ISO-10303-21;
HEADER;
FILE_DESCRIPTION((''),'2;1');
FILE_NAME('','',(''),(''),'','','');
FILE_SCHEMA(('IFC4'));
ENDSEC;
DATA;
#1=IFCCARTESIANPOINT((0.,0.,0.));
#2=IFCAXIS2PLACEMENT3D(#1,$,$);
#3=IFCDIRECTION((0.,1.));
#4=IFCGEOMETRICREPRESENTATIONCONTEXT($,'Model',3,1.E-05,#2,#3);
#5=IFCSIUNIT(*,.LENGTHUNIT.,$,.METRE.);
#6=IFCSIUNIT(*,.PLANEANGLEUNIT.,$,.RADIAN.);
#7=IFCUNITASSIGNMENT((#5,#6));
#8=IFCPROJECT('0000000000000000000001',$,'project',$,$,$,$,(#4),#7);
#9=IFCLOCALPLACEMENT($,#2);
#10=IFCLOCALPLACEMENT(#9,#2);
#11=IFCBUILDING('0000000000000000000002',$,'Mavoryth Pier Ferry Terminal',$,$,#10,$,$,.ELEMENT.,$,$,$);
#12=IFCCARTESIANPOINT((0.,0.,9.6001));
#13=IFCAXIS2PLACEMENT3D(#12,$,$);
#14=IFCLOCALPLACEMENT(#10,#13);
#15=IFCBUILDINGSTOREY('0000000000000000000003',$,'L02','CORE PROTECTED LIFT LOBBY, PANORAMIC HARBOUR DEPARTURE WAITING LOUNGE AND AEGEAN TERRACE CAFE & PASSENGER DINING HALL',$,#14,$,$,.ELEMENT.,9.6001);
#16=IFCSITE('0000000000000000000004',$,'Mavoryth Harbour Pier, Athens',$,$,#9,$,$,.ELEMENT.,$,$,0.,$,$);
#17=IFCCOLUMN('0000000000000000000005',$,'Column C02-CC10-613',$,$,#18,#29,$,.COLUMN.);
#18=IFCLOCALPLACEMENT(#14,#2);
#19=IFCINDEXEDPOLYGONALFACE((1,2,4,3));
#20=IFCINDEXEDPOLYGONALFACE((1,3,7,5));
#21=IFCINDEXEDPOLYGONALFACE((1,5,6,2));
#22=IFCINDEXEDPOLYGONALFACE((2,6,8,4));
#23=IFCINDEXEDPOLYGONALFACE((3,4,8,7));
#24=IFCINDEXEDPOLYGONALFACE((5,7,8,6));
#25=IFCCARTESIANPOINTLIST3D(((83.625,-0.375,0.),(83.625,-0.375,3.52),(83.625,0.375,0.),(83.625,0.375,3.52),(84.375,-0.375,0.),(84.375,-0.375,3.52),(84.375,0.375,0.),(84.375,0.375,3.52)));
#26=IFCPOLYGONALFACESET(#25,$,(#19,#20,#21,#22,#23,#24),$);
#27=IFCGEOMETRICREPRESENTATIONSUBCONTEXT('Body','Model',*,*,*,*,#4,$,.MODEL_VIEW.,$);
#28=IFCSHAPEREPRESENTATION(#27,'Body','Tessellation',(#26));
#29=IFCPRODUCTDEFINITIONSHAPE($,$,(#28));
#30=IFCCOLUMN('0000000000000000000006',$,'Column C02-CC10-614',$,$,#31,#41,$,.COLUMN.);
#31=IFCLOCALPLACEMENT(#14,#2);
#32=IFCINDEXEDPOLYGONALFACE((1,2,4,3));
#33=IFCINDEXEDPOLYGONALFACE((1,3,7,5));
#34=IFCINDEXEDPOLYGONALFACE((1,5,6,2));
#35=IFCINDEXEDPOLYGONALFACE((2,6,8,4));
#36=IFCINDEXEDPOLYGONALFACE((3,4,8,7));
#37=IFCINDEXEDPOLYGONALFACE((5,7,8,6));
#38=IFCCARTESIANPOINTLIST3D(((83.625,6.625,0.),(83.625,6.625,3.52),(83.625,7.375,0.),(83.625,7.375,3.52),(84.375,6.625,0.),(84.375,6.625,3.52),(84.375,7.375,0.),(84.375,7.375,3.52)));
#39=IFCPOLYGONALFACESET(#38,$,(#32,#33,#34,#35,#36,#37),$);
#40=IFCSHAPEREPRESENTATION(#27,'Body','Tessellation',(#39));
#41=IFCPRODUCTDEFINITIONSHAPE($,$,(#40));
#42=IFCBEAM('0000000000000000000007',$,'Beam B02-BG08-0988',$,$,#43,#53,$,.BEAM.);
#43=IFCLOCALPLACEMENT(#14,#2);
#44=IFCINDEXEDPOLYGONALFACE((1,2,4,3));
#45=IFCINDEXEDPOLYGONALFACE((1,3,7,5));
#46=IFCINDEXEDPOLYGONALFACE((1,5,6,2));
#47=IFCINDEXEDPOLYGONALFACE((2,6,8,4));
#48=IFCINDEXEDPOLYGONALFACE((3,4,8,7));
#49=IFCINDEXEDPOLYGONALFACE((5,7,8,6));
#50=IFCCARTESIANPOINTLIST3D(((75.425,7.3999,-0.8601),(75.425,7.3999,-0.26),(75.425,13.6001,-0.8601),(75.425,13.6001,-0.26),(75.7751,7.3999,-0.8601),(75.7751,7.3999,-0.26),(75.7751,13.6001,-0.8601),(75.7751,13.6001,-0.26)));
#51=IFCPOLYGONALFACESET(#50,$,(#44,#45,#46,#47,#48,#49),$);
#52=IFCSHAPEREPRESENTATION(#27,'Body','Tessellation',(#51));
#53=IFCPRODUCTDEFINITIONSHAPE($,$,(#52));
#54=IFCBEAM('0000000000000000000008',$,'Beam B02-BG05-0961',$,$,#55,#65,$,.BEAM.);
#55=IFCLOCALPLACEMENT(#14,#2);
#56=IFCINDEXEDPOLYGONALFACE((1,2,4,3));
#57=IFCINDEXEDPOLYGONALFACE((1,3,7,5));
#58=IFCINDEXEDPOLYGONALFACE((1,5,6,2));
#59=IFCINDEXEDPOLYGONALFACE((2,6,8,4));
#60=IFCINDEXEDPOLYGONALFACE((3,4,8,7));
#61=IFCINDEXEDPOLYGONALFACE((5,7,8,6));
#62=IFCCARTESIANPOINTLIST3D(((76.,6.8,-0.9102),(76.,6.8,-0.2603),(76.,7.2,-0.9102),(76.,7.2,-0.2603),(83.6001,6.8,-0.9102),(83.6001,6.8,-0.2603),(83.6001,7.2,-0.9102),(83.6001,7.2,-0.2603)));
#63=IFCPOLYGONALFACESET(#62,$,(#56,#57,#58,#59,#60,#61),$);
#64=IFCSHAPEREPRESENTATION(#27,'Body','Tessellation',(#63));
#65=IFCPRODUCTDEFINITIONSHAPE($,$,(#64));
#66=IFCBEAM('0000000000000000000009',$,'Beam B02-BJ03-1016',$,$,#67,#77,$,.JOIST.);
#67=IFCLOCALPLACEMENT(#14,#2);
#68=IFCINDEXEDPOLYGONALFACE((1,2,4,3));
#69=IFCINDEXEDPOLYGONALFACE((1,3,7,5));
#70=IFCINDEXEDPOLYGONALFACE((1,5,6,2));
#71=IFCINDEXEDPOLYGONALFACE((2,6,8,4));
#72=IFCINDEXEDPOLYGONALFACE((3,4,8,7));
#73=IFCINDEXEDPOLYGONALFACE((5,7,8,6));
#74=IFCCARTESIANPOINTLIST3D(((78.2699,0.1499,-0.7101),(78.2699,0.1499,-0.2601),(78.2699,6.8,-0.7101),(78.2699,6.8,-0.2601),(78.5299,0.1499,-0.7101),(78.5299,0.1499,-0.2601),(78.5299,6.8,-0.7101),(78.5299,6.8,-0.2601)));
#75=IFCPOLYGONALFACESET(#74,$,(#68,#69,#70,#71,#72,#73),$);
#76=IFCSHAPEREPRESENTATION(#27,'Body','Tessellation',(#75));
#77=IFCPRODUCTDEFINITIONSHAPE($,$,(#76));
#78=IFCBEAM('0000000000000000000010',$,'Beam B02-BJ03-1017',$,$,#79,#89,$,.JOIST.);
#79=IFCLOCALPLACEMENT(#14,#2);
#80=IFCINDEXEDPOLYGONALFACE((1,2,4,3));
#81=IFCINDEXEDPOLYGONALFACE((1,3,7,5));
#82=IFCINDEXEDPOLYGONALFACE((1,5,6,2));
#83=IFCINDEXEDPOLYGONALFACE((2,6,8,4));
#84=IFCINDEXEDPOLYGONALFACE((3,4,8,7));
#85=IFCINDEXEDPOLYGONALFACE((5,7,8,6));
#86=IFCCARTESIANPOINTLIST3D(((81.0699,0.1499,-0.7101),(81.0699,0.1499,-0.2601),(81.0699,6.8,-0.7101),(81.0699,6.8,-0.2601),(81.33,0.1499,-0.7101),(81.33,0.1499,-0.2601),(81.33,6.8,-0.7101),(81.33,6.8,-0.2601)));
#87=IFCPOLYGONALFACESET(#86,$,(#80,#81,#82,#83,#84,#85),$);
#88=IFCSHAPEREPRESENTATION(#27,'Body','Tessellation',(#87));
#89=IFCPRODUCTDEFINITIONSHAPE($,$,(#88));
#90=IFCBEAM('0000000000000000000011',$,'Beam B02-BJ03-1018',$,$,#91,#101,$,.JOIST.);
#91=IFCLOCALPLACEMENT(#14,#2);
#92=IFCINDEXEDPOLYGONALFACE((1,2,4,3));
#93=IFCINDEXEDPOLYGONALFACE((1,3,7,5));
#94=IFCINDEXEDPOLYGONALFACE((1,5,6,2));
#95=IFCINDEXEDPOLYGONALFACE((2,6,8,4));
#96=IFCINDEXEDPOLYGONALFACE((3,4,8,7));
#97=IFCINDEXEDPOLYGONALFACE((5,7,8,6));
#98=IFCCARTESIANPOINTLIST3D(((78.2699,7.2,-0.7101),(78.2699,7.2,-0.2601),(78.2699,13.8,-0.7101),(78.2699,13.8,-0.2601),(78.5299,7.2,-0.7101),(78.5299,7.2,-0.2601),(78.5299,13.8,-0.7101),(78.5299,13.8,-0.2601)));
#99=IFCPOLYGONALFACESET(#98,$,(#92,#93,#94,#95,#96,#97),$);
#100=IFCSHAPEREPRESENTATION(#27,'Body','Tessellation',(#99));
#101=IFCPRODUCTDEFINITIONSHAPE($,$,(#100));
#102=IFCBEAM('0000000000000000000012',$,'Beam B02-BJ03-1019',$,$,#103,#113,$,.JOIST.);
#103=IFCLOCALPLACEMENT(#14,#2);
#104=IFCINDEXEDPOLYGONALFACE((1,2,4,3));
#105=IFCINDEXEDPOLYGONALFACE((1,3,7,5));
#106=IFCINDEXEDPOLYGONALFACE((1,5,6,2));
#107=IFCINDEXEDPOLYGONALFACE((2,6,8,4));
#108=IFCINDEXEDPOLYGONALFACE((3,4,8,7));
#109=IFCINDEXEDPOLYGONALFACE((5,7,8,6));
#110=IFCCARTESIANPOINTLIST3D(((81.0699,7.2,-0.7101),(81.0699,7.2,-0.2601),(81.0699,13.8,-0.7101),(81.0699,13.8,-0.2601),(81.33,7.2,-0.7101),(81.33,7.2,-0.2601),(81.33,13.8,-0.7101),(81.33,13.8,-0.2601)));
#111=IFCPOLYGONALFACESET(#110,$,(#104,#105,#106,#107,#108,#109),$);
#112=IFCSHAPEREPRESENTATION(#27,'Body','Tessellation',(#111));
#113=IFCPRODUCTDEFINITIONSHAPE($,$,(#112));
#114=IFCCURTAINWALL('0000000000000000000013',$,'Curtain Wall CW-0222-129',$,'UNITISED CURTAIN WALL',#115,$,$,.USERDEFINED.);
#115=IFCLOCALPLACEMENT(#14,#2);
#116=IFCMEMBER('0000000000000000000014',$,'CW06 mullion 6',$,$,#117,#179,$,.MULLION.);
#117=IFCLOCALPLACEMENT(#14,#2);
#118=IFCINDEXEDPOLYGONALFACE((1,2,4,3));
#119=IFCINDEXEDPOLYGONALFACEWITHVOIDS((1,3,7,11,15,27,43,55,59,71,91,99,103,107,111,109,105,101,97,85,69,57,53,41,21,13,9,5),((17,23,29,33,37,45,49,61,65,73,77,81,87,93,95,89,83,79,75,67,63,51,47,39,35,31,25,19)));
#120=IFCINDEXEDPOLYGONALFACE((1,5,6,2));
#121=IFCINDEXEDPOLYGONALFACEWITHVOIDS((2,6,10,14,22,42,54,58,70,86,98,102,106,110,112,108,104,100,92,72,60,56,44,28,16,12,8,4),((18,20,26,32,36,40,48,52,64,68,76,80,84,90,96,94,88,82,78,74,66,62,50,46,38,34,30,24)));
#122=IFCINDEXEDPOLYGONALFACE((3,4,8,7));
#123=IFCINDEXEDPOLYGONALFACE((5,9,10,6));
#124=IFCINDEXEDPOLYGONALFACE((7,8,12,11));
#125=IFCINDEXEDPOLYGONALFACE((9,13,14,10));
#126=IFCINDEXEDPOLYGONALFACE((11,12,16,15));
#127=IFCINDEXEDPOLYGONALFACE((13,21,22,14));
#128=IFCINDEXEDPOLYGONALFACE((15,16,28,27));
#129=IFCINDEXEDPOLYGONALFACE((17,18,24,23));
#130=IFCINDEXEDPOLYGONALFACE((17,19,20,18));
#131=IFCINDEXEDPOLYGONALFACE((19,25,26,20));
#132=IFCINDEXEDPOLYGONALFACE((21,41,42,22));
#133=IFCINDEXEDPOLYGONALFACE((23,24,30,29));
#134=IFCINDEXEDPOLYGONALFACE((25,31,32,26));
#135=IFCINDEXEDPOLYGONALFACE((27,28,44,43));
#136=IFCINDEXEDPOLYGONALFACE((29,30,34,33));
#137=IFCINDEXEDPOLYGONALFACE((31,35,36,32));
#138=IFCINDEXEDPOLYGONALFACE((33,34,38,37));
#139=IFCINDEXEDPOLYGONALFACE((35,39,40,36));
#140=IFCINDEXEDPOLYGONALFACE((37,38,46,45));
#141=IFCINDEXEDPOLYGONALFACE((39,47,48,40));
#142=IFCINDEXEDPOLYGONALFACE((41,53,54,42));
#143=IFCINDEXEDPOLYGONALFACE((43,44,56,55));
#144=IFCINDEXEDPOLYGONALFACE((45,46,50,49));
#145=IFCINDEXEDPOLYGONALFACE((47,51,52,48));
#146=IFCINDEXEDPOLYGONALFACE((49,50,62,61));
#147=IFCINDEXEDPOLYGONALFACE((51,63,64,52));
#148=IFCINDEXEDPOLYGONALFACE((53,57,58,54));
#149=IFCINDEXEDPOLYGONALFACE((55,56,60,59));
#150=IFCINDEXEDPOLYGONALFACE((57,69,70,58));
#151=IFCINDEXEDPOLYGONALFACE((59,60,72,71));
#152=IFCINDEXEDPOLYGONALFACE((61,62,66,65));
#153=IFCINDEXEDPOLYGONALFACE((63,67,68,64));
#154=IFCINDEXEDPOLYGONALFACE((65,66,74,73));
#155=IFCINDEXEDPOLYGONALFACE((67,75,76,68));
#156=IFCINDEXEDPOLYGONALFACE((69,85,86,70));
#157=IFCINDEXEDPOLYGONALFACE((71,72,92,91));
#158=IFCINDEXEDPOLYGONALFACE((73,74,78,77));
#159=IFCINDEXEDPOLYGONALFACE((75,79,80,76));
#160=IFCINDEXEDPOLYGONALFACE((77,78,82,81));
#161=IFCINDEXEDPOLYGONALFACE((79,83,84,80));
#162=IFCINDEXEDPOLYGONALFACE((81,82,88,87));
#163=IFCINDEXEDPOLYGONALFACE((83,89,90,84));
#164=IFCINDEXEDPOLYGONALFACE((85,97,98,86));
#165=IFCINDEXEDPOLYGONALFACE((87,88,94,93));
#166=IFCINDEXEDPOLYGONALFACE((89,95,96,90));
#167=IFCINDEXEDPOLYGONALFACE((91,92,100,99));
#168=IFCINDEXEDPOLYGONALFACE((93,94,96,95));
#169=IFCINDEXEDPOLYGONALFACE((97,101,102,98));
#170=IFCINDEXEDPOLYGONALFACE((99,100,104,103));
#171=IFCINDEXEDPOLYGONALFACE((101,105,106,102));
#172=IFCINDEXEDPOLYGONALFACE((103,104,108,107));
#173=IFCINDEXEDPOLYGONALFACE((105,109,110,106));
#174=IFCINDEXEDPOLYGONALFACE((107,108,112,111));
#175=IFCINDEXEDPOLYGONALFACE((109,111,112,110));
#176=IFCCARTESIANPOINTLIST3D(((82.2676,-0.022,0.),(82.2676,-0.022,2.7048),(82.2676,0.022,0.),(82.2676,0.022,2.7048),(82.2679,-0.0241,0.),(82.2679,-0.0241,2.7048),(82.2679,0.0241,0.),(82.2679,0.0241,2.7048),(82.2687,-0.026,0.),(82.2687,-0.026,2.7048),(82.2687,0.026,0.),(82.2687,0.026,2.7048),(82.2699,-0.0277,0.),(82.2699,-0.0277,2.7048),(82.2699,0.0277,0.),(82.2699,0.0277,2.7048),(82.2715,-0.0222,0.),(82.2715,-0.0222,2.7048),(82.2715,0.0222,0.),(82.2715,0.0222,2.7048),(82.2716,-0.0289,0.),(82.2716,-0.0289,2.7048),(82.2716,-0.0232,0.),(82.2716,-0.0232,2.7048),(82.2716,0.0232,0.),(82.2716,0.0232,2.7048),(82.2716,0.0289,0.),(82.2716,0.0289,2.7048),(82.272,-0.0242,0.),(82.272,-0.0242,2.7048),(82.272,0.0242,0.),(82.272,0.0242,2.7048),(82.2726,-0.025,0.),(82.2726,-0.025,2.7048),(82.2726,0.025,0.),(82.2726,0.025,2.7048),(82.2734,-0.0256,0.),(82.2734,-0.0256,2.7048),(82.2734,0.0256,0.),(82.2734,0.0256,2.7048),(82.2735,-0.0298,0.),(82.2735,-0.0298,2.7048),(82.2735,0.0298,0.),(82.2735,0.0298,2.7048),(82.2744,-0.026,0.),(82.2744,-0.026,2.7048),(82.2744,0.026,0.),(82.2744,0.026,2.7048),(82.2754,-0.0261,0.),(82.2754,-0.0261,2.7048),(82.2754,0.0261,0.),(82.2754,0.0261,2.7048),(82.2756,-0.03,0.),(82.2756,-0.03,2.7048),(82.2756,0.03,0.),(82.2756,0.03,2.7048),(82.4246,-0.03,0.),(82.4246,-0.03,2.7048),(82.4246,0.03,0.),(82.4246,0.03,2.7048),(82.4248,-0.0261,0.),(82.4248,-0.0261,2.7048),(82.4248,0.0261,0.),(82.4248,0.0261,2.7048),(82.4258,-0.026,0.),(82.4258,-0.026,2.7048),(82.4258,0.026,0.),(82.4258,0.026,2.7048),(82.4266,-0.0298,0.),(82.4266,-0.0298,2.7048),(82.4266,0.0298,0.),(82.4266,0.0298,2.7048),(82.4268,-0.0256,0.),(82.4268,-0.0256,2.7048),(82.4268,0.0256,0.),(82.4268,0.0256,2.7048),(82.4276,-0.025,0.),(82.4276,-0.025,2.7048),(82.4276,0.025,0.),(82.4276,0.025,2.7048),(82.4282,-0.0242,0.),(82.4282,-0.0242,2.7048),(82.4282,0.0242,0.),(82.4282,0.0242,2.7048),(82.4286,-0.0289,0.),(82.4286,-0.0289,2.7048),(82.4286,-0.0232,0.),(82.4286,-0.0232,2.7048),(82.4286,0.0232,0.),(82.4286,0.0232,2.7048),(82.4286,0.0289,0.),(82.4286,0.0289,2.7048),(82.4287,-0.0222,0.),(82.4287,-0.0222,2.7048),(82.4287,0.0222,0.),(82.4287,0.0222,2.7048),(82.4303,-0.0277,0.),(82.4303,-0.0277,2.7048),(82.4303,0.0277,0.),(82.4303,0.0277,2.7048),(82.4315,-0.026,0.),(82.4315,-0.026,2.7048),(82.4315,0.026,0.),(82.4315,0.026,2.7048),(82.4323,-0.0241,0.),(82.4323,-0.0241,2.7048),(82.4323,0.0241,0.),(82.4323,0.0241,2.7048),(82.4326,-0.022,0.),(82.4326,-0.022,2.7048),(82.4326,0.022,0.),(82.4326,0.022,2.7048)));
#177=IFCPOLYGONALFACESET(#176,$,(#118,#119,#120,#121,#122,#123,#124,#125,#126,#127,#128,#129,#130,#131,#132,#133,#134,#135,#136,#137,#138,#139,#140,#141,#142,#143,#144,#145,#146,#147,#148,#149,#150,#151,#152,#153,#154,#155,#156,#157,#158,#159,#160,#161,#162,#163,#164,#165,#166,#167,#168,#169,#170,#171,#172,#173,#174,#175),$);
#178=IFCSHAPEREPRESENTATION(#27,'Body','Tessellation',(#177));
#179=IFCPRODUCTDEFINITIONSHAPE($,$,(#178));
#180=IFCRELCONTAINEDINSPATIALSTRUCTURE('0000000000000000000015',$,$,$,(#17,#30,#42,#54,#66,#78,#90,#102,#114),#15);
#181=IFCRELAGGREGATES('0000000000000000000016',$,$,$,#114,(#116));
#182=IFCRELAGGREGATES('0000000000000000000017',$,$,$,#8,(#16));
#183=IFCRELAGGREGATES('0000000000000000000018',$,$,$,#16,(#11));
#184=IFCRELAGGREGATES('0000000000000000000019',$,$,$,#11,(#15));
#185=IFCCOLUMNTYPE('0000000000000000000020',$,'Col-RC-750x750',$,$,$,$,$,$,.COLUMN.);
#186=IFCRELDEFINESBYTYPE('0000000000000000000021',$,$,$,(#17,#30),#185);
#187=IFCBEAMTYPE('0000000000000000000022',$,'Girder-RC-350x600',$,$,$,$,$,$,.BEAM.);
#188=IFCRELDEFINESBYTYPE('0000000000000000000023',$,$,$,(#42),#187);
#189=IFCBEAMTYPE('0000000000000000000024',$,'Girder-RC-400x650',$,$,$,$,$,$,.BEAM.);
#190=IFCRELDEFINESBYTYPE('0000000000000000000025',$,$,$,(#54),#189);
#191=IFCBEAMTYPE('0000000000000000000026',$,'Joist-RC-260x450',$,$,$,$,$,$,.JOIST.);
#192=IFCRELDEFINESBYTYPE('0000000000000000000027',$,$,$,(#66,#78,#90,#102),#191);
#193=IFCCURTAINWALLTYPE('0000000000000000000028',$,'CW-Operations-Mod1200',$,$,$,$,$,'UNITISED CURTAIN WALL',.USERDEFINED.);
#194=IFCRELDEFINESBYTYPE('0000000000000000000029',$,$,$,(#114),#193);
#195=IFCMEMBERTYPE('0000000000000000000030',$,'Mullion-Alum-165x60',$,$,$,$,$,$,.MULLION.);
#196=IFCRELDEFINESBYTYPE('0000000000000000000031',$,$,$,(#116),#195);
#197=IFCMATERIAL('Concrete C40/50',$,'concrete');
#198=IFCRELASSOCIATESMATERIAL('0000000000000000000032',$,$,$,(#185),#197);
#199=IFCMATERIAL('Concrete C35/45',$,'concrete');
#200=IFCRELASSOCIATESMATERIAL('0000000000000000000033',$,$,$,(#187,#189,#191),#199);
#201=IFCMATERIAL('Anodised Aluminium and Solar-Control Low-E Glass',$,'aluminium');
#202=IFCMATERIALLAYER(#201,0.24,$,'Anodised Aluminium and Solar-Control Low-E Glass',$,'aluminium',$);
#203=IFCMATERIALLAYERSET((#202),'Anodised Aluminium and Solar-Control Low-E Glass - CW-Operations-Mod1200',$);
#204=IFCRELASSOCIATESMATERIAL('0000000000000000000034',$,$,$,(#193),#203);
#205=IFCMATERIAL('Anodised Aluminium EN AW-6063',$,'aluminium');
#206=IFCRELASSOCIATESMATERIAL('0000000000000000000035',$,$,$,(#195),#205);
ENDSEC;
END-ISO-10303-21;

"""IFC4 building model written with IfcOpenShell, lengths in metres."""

from ifc_helpers import new_model, si_unit, direction, frame, origin, origin_2d, place, context, subcontext, project, spatial, rectangle, hollow_rectangle, extrude, material, layer, layer_set, material_profile, profile_set, type_object, element, aggregate, save


model = new_model("IFC4")

# Units and contexts
model_context = context("Model", 3, precision=1e-05, world=origin(), true_north=direction((0.0, 1.0)))
body_context = subcontext(model_context, "Body", "Model", "MODEL_VIEW")
ifc_project = project(units=[si_unit("LENGTHUNIT", "METRE"), si_unit("PLANEANGLEUNIT", "RADIAN")], contexts=[model_context])

# Site, building, storey
site_placement = place(None, origin())
site = spatial("IfcSite", under=ifc_project, at=site_placement, Name="Mavoryth Harbour Pier, Athens", CompositionType="ELEMENT", RefElevation=0.0)
building_placement = place(site_placement, origin())
building = spatial("IfcBuilding", under=site, at=building_placement, Name="Mavoryth Pier Ferry Terminal", CompositionType="ELEMENT")
storey_placement = place(building_placement, frame((0.0, 0.0, 9.6001)))
storey = spatial("IfcBuildingStorey", under=building, at=storey_placement, Name="L02", Description="CORE PROTECTED LIFT LOBBY, PANORAMIC HARBOUR DEPARTURE WAITING LOUNGE AND AEGEAN TERRACE CAFE & PASSENGER DINING HALL", CompositionType="ELEMENT", Elevation=9.6001)

# Columns
ifc_material_1 = material(Name="Concrete C40/50", Category="concrete")
ifc_material_profile_1 = material_profile(ifc_material_1, rectangle(XDim=0.75, YDim=0.75, at=origin_2d()), Name="RC 750x750", Category="concrete")
ifc_profile_set_1 = profile_set([ifc_material_profile_1], Name="Concrete C40/50 - RC 750x750")
column_type = type_object("IfcColumnType", Name="Col-RC-750x750", PredefinedType="COLUMN", material=ifc_profile_set_1)
for number, where, z_axis, x_axis, name in (
    (1, (84.0, 0.0, 0.0), (0.0, 0.0, 1.0), (1.0, 0.0, 0.0), "Column C02-CC10-613"),
    (2, (84.0, 7.0, 0.0), (0.0, 0.0, 1.0), (1.0, 0.0, 0.0), "Column C02-CC10-614"),
):
    element("IfcColumn", number, at=place(storey_placement, frame(where, z_axis=z_axis, x_axis=x_axis)), inside=storey, type_object=column_type, Name=name, PredefinedType="COLUMN", context=body_context, shape_type="SweptSolid", body=[
        extrude(rectangle(XDim=0.75, YDim=0.75, at=origin_2d()), origin(), (0.0, 0.0, 1.0), 3.52),
    ])

# Beams
ifc_material_2 = material(Name="Concrete C35/45", Category="concrete")
ifc_material_profile_2 = material_profile(ifc_material_2, rectangle(XDim=0.3501, YDim=0.6001, at=origin_2d()), Name="RC 350x600", Category="concrete")
ifc_profile_set_2 = profile_set([ifc_material_profile_2], Name="Concrete C35/45 - RC 350x600")
beam_type_1 = type_object("IfcBeamType", Name="Girder-RC-350x600", PredefinedType="BEAM", material=ifc_profile_set_2)
beam_1_placement = place(storey_placement, frame((75.6001, 7.3999, -0.5601), z_axis=(0.0, 1.0, 0.0), x_axis=(-1.0, 0.0, 0.0)))
element("IfcBeam", 3, at=beam_1_placement, inside=storey, type_object=beam_type_1, Name="Beam B02-BG08-0988", PredefinedType="BEAM", context=body_context, shape_type="SweptSolid", body=[
    extrude(rectangle(XDim=0.3501, YDim=0.6001, at=origin_2d()), origin(), (0.0, 0.0, 1.0), 6.2002),
])
ifc_material_profile_3 = material_profile(ifc_material_2, rectangle(XDim=0.3999, YDim=0.6499, at=origin_2d()), Name="RC 400x650", Category="concrete")
ifc_profile_set_3 = profile_set([ifc_material_profile_3], Name="Concrete C35/45 - RC 400x650")
beam_type_2 = type_object("IfcBeamType", Name="Girder-RC-400x650", PredefinedType="BEAM", material=ifc_profile_set_3)
beam_2_placement = place(storey_placement, frame((76.0, 7.0, -0.5852), z_axis=(1.0, 0.0, 0.0), x_axis=(0.0, 1.0, 0.0)))
element("IfcBeam", 4, at=beam_2_placement, inside=storey, type_object=beam_type_2, Name="Beam B02-BG05-0961", PredefinedType="BEAM", context=body_context, shape_type="SweptSolid", body=[
    extrude(rectangle(XDim=0.3999, YDim=0.6499, at=origin_2d()), origin(), (0.0, 0.0, 1.0), 7.6001),
])
ifc_material_profile_4 = material_profile(ifc_material_2, rectangle(XDim=0.26, YDim=0.45, at=origin_2d()), Name="RC 260x450", Category="concrete")
ifc_profile_set_4 = profile_set([ifc_material_profile_4], Name="Concrete C35/45 - RC 260x450")
beam_type_3 = type_object("IfcBeamType", Name="Joist-RC-260x450", PredefinedType="JOIST", material=ifc_profile_set_4)
for number, where, z_axis, x_axis, name in (
    (5, (78.3999, 0.1499, -0.4851), (0.0, 1.0, 0.0), (-1.0, 0.0, 0.0), "Beam B02-BJ03-1016"),
    (6, (81.2, 0.1499, -0.4851), (0.0, 1.0, 0.0), (-1.0, 0.0, 0.0), "Beam B02-BJ03-1017"),
):
    element("IfcBeam", number, at=place(storey_placement, frame(where, z_axis=z_axis, x_axis=x_axis)), inside=storey, type_object=beam_type_3, Name=name, PredefinedType="JOIST", context=body_context, shape_type="SweptSolid", body=[
        extrude(rectangle(XDim=0.26, YDim=0.45, at=origin_2d()), origin(), (0.0, 0.0, 1.0), 6.6501),
    ])
for number, where, z_axis, x_axis, name in (
    (7, (78.3999, 7.2, -0.4851), (0.0, 1.0, 0.0), (-1.0, 0.0, 0.0), "Beam B02-BJ03-1018"),
    (8, (81.2, 7.2, -0.4851), (0.0, 1.0, 0.0), (-1.0, 0.0, 0.0), "Beam B02-BJ03-1019"),
):
    element("IfcBeam", number, at=place(storey_placement, frame(where, z_axis=z_axis, x_axis=x_axis)), inside=storey, type_object=beam_type_3, Name=name, PredefinedType="JOIST", context=body_context, shape_type="SweptSolid", body=[
        extrude(rectangle(XDim=0.26, YDim=0.45, at=origin_2d()), origin(), (0.0, 0.0, 1.0), 6.6001),
    ])

# Curtain wall, member
ifc_material_3 = material(Name="Anodised Aluminium and Solar-Control Low-E Glass", Category="aluminium")
ifc_layer_1 = layer(ifc_material_3, 0.24, Name="Anodised Aluminium and Solar-Control Low-E Glass", Category="aluminium")
ifc_layer_set_1 = layer_set([ifc_layer_1], Name="Anodised Aluminium and Solar-Control Low-E Glass - CW-Operations-Mod1200")
curtain_wall_type = type_object("IfcCurtainWallType", Name="CW-Operations-Mod1200", ElementType="UNITISED CURTAIN WALL", PredefinedType="USERDEFINED", material=ifc_layer_set_1)
curtain_wall_placement = place(storey_placement, origin())
curtain_wall = element("IfcCurtainWall", 9, at=curtain_wall_placement, inside=storey, type_object=curtain_wall_type, Name="Curtain Wall CW-0222-129", ObjectType="UNITISED CURTAIN WALL", PredefinedType="USERDEFINED")
ifc_material_4 = material(Name="Anodised Aluminium EN AW-6063", Category="aluminium")
ifc_material_profile_5 = material_profile(ifc_material_4, hollow_rectangle(XDim=0.0601, YDim=0.165, WallThickness=0.0039, InnerFilletRadius=0.0039, OuterFilletRadius=0.0081, at=origin_2d()), Name="AL-MULL 165x60x4", Category="aluminium")
ifc_profile_set_5 = profile_set([ifc_material_profile_5], Name="Anodised Aluminium EN AW-6063 - AL-MULL 165x60x4")
member_type_1 = type_object("IfcMemberType", Name="Mullion-Alum-165x60", PredefinedType="MULLION", material=ifc_profile_set_5)
member_1_placement = place(storey_placement, frame((82.3501, 0.0, 0.0), z_axis=(0.0, 0.0, 1.0), x_axis=(0.0, 1.0, 0.0)))
member_1 = element("IfcMember", 10, at=member_1_placement, type_object=member_type_1, Name="CW06 mullion 6", PredefinedType="MULLION", context=body_context, shape_type="SweptSolid", body=[
    extrude(hollow_rectangle(XDim=0.0601, YDim=0.165, WallThickness=0.0039, InnerFilletRadius=0.0039, OuterFilletRadius=0.0081, at=origin_2d()), origin(), (0.0, 0.0, 1.0), 2.7048),
])
aggregate(curtain_wall, [member_1])

save(model, "model.ifc")
